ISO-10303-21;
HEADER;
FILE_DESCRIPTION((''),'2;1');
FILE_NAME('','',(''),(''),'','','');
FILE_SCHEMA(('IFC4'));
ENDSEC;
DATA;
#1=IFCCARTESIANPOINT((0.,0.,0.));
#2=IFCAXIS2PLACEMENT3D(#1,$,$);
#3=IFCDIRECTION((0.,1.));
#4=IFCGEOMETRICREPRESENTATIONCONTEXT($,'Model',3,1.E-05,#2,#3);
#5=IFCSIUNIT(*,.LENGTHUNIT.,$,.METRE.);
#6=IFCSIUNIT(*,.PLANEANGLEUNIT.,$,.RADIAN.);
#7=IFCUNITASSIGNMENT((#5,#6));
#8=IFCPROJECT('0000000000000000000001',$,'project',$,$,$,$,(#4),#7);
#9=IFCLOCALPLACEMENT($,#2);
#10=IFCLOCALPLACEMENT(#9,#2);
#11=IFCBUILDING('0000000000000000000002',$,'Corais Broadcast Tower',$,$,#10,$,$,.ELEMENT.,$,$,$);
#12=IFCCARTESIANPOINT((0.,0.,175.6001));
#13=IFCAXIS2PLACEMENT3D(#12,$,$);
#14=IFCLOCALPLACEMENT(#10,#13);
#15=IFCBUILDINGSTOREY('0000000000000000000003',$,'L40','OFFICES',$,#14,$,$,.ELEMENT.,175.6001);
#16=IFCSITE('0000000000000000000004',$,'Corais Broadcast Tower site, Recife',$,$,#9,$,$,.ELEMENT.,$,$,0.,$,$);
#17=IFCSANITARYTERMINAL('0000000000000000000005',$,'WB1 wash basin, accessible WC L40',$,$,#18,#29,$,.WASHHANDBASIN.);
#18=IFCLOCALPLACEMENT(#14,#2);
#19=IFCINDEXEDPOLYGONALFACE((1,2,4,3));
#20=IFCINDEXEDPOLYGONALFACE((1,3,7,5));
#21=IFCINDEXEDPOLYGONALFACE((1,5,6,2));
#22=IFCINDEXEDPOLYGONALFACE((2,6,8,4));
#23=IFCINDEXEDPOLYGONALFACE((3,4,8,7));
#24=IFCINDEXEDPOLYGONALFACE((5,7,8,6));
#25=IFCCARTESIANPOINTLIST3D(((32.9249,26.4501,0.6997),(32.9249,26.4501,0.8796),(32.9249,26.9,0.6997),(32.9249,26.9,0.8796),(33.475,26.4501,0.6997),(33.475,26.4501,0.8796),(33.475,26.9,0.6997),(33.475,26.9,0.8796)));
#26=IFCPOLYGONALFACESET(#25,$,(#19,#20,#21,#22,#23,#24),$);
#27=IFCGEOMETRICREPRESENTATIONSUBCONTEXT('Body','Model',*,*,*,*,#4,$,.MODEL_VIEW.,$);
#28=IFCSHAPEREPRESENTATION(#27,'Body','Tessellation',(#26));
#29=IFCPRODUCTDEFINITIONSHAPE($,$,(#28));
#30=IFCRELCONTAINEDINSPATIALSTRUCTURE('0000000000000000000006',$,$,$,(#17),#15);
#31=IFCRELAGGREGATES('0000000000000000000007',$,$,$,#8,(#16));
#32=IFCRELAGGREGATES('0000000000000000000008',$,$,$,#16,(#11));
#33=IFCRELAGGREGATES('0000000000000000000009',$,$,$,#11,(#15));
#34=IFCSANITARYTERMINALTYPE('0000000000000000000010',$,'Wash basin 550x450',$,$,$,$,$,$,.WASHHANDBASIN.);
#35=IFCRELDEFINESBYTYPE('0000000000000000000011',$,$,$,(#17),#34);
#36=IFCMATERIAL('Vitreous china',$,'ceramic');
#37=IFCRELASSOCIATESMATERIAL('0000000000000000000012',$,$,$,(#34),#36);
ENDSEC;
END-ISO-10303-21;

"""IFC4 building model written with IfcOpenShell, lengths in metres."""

from ifc_helpers import new_model, si_unit, direction, frame, origin, origin_2d, place, context, subcontext, project, spatial, rectangle, extrude, material, type_object, element, save


model = new_model("IFC4")

# Units and contexts
model_context = context("Model", 3, precision=1e-05, world=origin(), true_north=direction((0.0, 1.0)))
body_context = subcontext(model_context, "Body", "Model", "MODEL_VIEW")
ifc_project = project(units=[si_unit("LENGTHUNIT", "METRE"), si_unit("PLANEANGLEUNIT", "RADIAN")], contexts=[model_context])

# Site, building, storey
site_placement = place(None, origin())
site = spatial("IfcSite", under=ifc_project, at=site_placement, Name="Corais Broadcast Tower site, Recife", CompositionType="ELEMENT", RefElevation=0.0)
building_placement = place(site_placement, origin())
building = spatial("IfcBuilding", under=site, at=building_placement, Name="Corais Broadcast Tower", CompositionType="ELEMENT")
storey_placement = place(building_placement, frame((0.0, 0.0, 175.6001)))
storey = spatial("IfcBuildingStorey", under=building, at=storey_placement, Name="L40", Description="OFFICES", CompositionType="ELEMENT", Elevation=175.6001)

# Sanitary terminal
ifc_material_1 = material(Name="Vitreous china", Category="ceramic")
sanitary_terminal_type_1 = type_object("IfcSanitaryTerminalType", Name="Wash basin 550x450", PredefinedType="WASHHANDBASIN", material=ifc_material_1)
sanitary_terminal_placement = place(storey_placement, frame((33.2, 26.675, 0.6997), z_axis=(0.0, 0.0, 1.0), x_axis=(1.0, 0.0, 0.0)))
element("IfcSanitaryTerminal", 1, at=sanitary_terminal_placement, inside=storey, type_object=sanitary_terminal_type_1, Name="WB1 wash basin, accessible WC L40", PredefinedType="WASHHANDBASIN", context=body_context, shape_type="SweptSolid", body=[
    extrude(rectangle(XDim=0.55, YDim=0.45, at=origin_2d()), origin(), (0.0, 0.0, 1.0), 0.1799),
])

save(model, "model.ifc")
